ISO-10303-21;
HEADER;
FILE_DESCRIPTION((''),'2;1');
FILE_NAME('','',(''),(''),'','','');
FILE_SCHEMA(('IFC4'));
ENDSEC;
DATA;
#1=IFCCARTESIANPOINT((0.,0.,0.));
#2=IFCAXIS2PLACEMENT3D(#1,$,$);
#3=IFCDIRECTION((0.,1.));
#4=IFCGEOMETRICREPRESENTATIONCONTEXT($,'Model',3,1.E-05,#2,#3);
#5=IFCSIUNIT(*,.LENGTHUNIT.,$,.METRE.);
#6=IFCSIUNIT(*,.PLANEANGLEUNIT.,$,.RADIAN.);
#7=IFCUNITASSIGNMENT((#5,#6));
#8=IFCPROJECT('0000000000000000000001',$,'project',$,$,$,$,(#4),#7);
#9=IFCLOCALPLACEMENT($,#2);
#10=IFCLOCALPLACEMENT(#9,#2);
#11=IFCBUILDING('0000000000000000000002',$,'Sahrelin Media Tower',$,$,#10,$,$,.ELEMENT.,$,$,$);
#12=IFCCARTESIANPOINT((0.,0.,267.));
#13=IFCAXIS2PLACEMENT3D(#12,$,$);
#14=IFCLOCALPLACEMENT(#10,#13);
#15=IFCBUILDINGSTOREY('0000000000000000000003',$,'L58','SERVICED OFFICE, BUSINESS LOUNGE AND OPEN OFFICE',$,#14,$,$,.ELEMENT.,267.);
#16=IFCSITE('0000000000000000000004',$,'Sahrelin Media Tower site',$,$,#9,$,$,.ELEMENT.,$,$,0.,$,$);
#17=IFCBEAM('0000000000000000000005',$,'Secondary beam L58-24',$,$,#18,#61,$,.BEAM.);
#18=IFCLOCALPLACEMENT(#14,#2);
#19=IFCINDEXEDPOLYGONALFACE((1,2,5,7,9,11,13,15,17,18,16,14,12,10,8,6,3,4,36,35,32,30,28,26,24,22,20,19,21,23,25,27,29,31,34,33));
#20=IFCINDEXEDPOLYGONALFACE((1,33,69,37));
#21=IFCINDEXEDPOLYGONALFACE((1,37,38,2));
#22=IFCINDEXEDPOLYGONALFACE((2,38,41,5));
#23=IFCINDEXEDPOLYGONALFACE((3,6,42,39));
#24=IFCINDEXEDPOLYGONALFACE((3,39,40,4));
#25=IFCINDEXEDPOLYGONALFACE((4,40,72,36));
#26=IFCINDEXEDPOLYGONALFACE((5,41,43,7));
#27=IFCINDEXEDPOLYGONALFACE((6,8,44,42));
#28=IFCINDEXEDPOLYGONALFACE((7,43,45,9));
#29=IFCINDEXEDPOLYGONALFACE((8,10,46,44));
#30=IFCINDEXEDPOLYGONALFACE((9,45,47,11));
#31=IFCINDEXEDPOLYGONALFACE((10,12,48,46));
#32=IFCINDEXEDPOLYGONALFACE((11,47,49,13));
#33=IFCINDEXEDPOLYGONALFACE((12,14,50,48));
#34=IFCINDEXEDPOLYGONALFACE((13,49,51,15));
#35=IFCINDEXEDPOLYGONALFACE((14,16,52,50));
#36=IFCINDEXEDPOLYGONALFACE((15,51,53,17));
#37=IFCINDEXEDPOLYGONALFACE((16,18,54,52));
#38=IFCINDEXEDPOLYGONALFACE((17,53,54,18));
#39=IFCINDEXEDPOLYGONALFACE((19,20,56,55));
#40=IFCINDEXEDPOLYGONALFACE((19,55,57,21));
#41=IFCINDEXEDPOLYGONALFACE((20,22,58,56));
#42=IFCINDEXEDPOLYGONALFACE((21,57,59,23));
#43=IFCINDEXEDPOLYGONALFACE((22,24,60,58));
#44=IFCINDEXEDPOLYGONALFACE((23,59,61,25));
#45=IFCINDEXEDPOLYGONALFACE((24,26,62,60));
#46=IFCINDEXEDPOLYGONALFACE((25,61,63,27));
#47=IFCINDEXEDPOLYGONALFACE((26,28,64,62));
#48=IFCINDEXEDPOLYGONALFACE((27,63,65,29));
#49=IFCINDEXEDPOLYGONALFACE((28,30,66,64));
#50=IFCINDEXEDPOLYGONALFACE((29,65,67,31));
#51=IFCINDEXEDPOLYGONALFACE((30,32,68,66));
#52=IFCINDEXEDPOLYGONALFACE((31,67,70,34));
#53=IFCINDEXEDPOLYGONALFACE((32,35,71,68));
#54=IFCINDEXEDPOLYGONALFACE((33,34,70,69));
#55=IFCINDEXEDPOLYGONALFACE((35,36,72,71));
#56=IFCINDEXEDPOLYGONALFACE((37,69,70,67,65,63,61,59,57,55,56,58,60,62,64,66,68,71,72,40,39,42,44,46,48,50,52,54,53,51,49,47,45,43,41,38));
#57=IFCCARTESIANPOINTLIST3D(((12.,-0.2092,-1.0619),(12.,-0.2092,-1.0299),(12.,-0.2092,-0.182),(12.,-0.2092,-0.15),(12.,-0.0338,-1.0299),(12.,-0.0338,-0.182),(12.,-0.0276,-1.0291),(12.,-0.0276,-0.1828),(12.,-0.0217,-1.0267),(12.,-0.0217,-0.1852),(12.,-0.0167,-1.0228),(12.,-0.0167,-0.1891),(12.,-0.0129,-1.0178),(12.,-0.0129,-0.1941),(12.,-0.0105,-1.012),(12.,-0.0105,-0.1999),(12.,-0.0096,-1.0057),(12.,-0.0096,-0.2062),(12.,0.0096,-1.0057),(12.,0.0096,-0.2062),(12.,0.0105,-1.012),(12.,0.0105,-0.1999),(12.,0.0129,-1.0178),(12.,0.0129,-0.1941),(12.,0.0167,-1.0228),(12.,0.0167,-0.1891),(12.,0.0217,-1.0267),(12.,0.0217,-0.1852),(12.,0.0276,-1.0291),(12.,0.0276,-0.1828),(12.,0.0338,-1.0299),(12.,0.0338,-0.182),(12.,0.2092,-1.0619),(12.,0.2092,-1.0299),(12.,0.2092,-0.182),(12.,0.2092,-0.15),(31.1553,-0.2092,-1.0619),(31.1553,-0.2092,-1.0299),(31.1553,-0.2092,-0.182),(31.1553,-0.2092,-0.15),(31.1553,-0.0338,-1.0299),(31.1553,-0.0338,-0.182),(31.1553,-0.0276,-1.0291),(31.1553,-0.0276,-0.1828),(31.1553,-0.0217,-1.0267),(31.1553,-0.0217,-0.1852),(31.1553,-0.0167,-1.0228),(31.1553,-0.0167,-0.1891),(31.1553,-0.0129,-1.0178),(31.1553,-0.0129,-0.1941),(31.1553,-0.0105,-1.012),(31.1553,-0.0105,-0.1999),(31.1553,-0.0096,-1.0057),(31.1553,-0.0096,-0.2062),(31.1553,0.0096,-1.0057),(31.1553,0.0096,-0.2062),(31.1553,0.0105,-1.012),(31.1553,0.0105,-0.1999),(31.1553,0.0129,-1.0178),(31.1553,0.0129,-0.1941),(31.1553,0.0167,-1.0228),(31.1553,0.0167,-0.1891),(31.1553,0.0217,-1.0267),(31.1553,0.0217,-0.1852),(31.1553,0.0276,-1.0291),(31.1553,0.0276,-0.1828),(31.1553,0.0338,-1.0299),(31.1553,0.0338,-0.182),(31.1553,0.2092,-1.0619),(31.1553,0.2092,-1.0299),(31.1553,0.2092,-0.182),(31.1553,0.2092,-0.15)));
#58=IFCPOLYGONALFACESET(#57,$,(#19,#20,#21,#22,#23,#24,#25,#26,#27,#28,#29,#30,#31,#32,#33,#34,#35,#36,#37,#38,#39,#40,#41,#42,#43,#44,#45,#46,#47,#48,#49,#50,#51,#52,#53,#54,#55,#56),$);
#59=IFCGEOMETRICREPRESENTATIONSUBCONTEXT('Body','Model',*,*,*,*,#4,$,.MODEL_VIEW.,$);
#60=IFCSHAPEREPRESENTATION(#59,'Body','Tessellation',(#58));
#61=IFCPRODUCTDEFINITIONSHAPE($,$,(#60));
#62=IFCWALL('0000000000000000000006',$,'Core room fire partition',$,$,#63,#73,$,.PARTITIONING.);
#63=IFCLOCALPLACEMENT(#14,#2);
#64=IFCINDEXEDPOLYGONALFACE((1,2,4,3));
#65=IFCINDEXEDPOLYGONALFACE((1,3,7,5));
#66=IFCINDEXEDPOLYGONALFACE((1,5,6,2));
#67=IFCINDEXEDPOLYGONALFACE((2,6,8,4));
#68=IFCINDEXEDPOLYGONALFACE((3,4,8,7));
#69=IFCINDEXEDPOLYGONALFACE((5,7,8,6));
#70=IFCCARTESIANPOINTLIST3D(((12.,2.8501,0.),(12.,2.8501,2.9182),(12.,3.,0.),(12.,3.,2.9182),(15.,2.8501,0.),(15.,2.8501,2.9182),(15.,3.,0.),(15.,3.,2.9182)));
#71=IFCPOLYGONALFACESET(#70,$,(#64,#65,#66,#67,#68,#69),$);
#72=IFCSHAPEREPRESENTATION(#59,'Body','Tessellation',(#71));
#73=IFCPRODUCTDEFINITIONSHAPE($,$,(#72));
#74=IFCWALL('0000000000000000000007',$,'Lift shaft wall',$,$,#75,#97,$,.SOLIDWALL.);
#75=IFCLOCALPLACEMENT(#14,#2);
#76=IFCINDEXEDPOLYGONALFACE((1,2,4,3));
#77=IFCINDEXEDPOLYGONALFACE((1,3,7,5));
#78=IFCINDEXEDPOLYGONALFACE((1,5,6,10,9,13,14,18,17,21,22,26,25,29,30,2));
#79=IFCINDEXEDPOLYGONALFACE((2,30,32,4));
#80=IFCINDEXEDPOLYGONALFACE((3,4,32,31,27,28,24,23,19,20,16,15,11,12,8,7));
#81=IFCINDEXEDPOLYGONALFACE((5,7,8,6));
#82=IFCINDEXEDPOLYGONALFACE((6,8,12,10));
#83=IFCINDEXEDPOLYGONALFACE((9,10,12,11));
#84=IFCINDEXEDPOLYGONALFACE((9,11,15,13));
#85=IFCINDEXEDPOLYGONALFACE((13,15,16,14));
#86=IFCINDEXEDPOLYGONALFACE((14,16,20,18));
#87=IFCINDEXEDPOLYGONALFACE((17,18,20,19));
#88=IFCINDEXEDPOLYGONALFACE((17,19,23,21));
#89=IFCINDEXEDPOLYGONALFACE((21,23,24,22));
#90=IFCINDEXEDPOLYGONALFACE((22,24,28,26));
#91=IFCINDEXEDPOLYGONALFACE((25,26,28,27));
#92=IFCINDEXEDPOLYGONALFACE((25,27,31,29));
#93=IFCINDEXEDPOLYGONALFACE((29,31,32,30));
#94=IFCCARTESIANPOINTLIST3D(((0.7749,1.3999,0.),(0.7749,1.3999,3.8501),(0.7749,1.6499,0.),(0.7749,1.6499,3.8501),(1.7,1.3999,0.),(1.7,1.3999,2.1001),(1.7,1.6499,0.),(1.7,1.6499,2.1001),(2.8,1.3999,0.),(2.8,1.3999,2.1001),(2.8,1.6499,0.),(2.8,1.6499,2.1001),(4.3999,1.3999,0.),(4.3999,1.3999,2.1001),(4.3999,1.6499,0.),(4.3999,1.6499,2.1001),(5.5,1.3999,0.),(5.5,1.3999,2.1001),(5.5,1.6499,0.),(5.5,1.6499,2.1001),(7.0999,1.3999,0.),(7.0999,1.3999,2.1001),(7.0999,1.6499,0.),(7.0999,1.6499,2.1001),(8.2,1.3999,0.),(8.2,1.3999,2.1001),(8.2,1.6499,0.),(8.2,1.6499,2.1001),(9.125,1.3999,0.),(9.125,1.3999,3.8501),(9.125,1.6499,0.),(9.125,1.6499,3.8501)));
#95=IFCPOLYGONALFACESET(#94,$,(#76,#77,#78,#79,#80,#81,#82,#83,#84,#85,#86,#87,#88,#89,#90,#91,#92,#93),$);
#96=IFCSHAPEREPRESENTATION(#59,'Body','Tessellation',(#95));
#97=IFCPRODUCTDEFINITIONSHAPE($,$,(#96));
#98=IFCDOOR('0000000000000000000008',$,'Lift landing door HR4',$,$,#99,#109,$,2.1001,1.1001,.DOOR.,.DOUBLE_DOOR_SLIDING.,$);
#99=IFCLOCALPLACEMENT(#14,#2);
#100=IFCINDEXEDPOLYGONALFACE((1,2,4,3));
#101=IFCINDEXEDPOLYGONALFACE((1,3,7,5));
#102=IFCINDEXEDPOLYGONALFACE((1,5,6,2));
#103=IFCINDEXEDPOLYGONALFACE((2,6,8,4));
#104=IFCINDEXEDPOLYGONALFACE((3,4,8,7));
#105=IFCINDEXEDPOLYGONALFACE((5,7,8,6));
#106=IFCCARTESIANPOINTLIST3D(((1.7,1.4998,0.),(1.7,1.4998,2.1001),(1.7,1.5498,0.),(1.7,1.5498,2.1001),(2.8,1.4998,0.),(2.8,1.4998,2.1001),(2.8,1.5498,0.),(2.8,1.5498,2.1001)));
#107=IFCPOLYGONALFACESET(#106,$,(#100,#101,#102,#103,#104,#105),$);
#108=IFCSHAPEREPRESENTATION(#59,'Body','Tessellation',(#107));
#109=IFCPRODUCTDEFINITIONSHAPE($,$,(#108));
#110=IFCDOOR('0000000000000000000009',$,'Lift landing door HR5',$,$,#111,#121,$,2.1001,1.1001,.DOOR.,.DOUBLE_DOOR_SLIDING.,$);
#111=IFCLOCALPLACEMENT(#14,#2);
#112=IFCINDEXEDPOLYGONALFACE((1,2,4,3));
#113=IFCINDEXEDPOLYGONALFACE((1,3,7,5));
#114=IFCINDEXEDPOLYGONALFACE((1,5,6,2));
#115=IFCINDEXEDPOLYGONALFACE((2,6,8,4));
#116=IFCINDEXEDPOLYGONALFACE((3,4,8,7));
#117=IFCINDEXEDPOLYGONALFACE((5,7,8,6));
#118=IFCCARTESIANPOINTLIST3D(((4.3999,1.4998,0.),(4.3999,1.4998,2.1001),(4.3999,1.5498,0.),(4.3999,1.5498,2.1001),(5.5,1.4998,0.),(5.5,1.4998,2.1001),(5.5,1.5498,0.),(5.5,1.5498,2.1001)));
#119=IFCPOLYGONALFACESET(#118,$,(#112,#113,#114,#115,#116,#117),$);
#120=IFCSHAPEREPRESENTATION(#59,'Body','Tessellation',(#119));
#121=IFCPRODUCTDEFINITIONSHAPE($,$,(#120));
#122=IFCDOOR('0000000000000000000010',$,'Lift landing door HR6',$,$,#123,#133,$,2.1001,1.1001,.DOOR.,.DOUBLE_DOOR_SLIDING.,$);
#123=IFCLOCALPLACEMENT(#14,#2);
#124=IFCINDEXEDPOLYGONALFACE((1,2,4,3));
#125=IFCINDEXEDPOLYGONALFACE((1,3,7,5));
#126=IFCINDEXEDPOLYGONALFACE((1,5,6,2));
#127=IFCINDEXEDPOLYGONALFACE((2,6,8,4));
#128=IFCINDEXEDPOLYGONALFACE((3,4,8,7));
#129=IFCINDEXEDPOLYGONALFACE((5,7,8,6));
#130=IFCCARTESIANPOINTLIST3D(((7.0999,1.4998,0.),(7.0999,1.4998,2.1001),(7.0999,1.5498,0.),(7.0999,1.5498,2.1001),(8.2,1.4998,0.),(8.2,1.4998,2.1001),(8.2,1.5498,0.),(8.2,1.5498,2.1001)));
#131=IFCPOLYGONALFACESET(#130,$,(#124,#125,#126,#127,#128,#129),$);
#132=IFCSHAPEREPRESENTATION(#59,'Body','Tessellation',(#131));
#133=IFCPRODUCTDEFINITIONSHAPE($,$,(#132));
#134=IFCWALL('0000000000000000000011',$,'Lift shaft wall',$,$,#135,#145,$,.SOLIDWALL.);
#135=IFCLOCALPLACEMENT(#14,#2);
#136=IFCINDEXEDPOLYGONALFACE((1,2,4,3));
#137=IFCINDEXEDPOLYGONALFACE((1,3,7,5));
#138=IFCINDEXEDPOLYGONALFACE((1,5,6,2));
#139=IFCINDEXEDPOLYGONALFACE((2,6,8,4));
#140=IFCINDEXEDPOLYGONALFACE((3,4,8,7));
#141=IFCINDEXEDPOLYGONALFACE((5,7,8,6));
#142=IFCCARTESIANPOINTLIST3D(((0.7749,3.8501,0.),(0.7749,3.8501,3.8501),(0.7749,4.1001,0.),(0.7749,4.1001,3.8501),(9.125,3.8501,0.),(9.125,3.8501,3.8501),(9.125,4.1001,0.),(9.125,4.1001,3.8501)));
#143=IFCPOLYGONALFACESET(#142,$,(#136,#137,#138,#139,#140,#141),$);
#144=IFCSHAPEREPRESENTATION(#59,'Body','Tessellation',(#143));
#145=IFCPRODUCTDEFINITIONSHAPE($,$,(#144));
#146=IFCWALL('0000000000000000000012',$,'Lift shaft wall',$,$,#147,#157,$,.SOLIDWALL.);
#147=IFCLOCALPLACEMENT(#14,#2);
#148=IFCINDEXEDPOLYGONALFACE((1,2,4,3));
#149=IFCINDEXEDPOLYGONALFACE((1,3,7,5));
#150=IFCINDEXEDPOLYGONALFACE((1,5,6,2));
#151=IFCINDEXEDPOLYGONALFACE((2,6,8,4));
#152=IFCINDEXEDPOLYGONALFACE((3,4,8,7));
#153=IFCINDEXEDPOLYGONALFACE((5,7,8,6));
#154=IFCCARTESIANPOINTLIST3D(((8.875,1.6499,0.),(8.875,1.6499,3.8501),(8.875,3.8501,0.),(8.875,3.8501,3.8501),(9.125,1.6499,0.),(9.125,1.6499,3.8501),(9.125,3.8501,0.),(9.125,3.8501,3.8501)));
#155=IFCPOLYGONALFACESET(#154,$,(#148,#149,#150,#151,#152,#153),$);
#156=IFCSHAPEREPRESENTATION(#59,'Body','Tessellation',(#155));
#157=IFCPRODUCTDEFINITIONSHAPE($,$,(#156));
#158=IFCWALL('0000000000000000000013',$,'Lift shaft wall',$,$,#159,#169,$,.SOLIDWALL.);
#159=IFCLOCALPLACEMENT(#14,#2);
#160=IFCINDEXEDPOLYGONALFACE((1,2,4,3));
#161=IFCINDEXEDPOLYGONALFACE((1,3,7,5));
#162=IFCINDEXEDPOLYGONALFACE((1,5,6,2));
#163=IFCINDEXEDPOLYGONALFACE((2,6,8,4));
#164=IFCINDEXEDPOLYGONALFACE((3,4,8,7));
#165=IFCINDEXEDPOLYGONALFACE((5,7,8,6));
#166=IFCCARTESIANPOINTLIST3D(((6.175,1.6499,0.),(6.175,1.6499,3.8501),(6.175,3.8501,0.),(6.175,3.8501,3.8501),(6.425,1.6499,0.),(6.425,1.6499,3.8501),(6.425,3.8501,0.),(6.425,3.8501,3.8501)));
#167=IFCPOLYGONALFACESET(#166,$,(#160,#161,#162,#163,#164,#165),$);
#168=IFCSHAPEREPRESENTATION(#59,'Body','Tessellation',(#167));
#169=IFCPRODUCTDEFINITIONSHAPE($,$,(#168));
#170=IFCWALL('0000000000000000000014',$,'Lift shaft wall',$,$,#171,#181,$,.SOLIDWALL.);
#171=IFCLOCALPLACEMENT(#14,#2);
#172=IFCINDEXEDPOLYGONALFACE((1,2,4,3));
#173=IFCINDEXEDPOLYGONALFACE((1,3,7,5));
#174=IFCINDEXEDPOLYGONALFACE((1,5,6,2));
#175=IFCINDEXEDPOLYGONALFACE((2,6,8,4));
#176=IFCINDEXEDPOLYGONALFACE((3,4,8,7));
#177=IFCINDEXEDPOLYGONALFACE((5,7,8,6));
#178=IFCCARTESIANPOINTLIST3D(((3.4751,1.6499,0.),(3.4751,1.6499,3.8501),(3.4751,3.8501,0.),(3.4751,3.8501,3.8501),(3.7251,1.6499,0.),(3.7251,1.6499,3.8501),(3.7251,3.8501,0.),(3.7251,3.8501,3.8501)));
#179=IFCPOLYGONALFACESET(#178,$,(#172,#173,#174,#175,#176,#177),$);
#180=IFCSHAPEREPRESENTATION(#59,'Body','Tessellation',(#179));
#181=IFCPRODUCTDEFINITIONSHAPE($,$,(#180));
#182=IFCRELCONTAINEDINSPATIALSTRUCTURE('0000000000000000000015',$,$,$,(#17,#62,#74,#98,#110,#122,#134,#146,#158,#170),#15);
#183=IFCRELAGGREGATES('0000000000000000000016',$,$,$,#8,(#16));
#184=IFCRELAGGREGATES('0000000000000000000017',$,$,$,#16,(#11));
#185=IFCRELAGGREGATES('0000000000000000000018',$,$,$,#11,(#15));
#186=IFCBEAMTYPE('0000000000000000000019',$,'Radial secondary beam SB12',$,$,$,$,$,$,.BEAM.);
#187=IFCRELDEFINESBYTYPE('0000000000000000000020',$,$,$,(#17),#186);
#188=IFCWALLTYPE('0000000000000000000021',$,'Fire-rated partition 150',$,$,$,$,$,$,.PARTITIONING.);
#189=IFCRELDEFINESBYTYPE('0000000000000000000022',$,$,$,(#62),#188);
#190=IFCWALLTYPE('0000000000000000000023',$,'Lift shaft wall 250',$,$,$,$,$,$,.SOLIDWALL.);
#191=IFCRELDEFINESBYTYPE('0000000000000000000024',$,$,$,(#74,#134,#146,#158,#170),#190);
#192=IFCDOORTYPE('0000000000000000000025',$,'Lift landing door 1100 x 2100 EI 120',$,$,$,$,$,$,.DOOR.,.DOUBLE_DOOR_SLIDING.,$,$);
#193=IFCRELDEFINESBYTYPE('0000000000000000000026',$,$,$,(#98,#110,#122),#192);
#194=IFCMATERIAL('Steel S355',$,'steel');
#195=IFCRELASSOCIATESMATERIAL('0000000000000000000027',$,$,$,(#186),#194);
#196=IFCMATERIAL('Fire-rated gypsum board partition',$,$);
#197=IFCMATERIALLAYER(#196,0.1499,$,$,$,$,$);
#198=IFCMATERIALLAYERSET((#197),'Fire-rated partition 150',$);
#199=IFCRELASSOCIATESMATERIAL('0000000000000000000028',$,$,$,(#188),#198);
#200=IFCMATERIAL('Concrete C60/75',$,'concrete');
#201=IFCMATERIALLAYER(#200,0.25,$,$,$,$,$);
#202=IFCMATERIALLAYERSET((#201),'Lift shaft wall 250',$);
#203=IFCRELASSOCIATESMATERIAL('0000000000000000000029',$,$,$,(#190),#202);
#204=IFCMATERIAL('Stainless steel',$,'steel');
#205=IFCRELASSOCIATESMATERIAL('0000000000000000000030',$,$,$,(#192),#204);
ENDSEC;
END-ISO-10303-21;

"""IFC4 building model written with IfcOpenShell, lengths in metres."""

from ifc_helpers import new_model, si_unit, direction, frame, frame_2d, origin, origin_2d, place, context, subcontext, project, spatial, rectangle, i_section, extrude, material, layer, layer_set, material_profile, profile_set, type_object, element, fill, save


model = new_model("IFC4")

# Units and contexts
model_context = context("Model", 3, precision=1e-05, world=origin(), true_north=direction((0.0, 1.0)))
body_context = subcontext(model_context, "Body", "Model", "MODEL_VIEW")
ifc_project = project(units=[si_unit("LENGTHUNIT", "METRE"), si_unit("PLANEANGLEUNIT", "RADIAN")], contexts=[model_context])

# Site, building, storey
site_placement = place(None, origin())
site = spatial("IfcSite", under=ifc_project, at=site_placement, Name="Sahrelin Media Tower site", CompositionType="ELEMENT", RefElevation=0.0)
building_placement = place(site_placement, origin())
building = spatial("IfcBuilding", under=site, at=building_placement, Name="Sahrelin Media Tower", CompositionType="ELEMENT")
storey_placement = place(building_placement, frame((0.0, 0.0, 267.0)))
storey = spatial("IfcBuildingStorey", under=building, at=storey_placement, Name="L58", Description="SERVICED OFFICE, BUSINESS LOUNGE AND OPEN OFFICE", CompositionType="ELEMENT", Elevation=267.0)

# Beam
ifc_material_1 = material(Name="Steel S355", Category="steel")
ifc_material_profile_1 = material_profile(ifc_material_1, i_section(OverallWidth=0.4185, OverallDepth=0.9119, WebThickness=0.0193, FlangeThickness=0.032, FilletRadius=0.0242, at=origin_2d()), Name="UB 914x419x343")
ifc_profile_set_1 = profile_set([ifc_material_profile_1], Name="Steel S355")
beam_type_1 = type_object("IfcBeamType", Name="Radial secondary beam SB12", PredefinedType="BEAM", material=ifc_profile_set_1)
beam_1_placement = place(storey_placement, frame((12.0, 0.0, -0.606), z_axis=(1.0, 0.0, 0.0), x_axis=(0.0, 1.0, 0.0)))
element("IfcBeam", 1, at=beam_1_placement, inside=storey, type_object=beam_type_1, Name="Secondary beam L58-24", PredefinedType="BEAM", context=body_context, shape_type="SweptSolid", body=[
    extrude(i_section(OverallWidth=0.4185, OverallDepth=0.9119, WebThickness=0.0193, FlangeThickness=0.032, FilletRadius=0.0242, at=origin_2d()), origin(), (0.0, 0.0, 1.0), 19.1553),
])

# Wall
ifc_material_2 = material(Name="Fire-rated gypsum board partition")
ifc_layer_1 = layer(ifc_material_2, 0.1499)
ifc_layer_set_1 = layer_set([ifc_layer_1], Name="Fire-rated partition 150")
wall_type_1 = type_object("IfcWallType", Name="Fire-rated partition 150", PredefinedType="PARTITIONING", material=ifc_layer_set_1)
wall_1_placement = place(storey_placement, frame((12.0, 2.925, 0.0), z_axis=(0.0, 0.0, 1.0), x_axis=(1.0, 0.0, 0.0)))
element("IfcWall", 2, at=wall_1_placement, inside=storey, type_object=wall_type_1, Name="Core room fire partition", PredefinedType="PARTITIONING", context=body_context, shape_type="SweptSolid", body=[
    extrude(rectangle(XDim=3.0, YDim=0.1499, at=frame_2d((1.5, 0.0))), origin(), (0.0, 0.0, 1.0), 2.9182),
])

# Wall, openings, doors
ifc_material_3 = material(Name="Concrete C60/75", Category="concrete")
ifc_layer_2 = layer(ifc_material_3, 0.25)
ifc_layer_set_2 = layer_set([ifc_layer_2], Name="Lift shaft wall 250")
wall_type_2 = type_object("IfcWallType", Name="Lift shaft wall 250", PredefinedType="SOLIDWALL", material=ifc_layer_set_2)
wall_2_placement = place(storey_placement, frame((0.7749, 1.5249, 0.0), z_axis=(0.0, 0.0, 1.0), x_axis=(1.0, 0.0, 0.0)))
wall_2 = element("IfcWall", 3, at=wall_2_placement, inside=storey, type_object=wall_type_2, Name="Lift shaft wall", PredefinedType="SOLIDWALL", context=body_context, shape_type="SweptSolid", body=[
    extrude(rectangle(XDim=8.3501, YDim=0.25, at=frame_2d((4.175, 0.0))), origin(), (0.0, 0.0, 1.0), 3.8501),
])
opening_1_placement = place(wall_2_placement, frame((0.925, 0.0, 0.0)))
opening_1 = element("IfcOpeningElement", 4, at=opening_1_placement, cuts=wall_2, PredefinedType="OPENING", context=body_context, shape_type="SweptSolid", body=[
    extrude(rectangle(XDim=1.1001, YDim=2.1001, at=frame_2d((0.55, 1.05))), frame((0.0, 0.125, 0.0), z_axis=(0.0, -1.0, 0.0), x_axis=(1.0, 0.0, 0.0)), (0.0, 0.0, 1.0), 0.25),
])
opening_2_placement = place(wall_2_placement, frame((3.625, 0.0, 0.0)))
opening_2 = element("IfcOpeningElement", 5, at=opening_2_placement, cuts=wall_2, PredefinedType="OPENING", context=body_context, shape_type="SweptSolid", body=[
    extrude(rectangle(XDim=1.1001, YDim=2.1001, at=frame_2d((0.55, 1.05))), frame((0.0, 0.125, 0.0), z_axis=(0.0, -1.0, 0.0), x_axis=(1.0, 0.0, 0.0)), (0.0, 0.0, 1.0), 0.25),
])
opening_3_placement = place(wall_2_placement, frame((6.325, 0.0, 0.0)))
opening_3 = element("IfcOpeningElement", 6, at=opening_3_placement, cuts=wall_2, PredefinedType="OPENING", context=body_context, shape_type="SweptSolid", body=[
    extrude(rectangle(XDim=1.1001, YDim=2.1001, at=frame_2d((0.55, 1.05))), frame((0.0, 0.125, 0.0), z_axis=(0.0, -1.0, 0.0), x_axis=(1.0, 0.0, 0.0)), (0.0, 0.0, 1.0), 0.25),
])
ifc_material_4 = material(Name="Stainless steel", Category="steel")
door_type_1 = type_object("IfcDoorType", Name="Lift landing door 1100 x 2100 EI 120", OperationType="DOUBLE_DOOR_SLIDING", PredefinedType="DOOR", material=ifc_material_4)
door_1_placement = place(opening_1_placement, origin())
door_1 = element("IfcDoor", 7, at=door_1_placement, inside=storey, type_object=door_type_1, Name="Lift landing door HR4", OperationType="DOUBLE_DOOR_SLIDING", OverallHeight=2.1001, OverallWidth=1.1001, PredefinedType="DOOR", context=body_context, shape_type="SweptSolid", body=[
    extrude(rectangle(XDim=1.1001, YDim=2.1001, at=frame_2d((0.55, 1.05))), frame((0.0, 0.0249, 0.0), z_axis=(0.0, -1.0, 0.0), x_axis=(1.0, 0.0, 0.0)), (0.0, 0.0, 1.0), 0.05),
])
fill(opening_1, door_1)
door_2_placement = place(opening_2_placement, origin())
door_2 = element("IfcDoor", 8, at=door_2_placement, inside=storey, type_object=door_type_1, Name="Lift landing door HR5", OperationType="DOUBLE_DOOR_SLIDING", OverallHeight=2.1001, OverallWidth=1.1001, PredefinedType="DOOR", context=body_context, shape_type="SweptSolid", body=[
    extrude(rectangle(XDim=1.1001, YDim=2.1001, at=frame_2d((0.55, 1.05))), frame((0.0, 0.0249, 0.0), z_axis=(0.0, -1.0, 0.0), x_axis=(1.0, 0.0, 0.0)), (0.0, 0.0, 1.0), 0.05),
])
fill(opening_2, door_2)
door_3_placement = place(opening_3_placement, origin())
door_3 = element("IfcDoor", 9, at=door_3_placement, inside=storey, type_object=door_type_1, Name="Lift landing door HR6", OperationType="DOUBLE_DOOR_SLIDING", OverallHeight=2.1001, OverallWidth=1.1001, PredefinedType="DOOR", context=body_context, shape_type="SweptSolid", body=[
    extrude(rectangle(XDim=1.1001, YDim=2.1001, at=frame_2d((0.55, 1.05))), frame((0.0, 0.0249, 0.0), z_axis=(0.0, -1.0, 0.0), x_axis=(1.0, 0.0, 0.0)), (0.0, 0.0, 1.0), 0.05),
])
fill(opening_3, door_3)

# Walls
wall_3_placement = place(storey_placement, frame((0.7749, 3.9751, 0.0), z_axis=(0.0, 0.0, 1.0), x_axis=(1.0, 0.0, 0.0)))
element("IfcWall", 10, at=wall_3_placement, inside=storey, type_object=wall_type_2, Name="Lift shaft wall", PredefinedType="SOLIDWALL", context=body_context, shape_type="SweptSolid", body=[
    extrude(rectangle(XDim=8.3501, YDim=0.25, at=frame_2d((4.175, 0.0))), origin(), (0.0, 0.0, 1.0), 3.8501),
])
for number, where, z_axis, x_axis, name in (
    (11, (9.0, 1.6499, 0.0), (0.0, 0.0, 1.0), (0.0, 1.0, 0.0), "Lift shaft wall"),
    (12, (6.3, 1.6499, 0.0), (0.0, 0.0, 1.0), (0.0, 1.0, 0.0), "Lift shaft wall"),
    (13, (3.6001, 1.6499, 0.0), (0.0, 0.0, 1.0), (0.0, 1.0, 0.0), "Lift shaft wall"),
):
    element("IfcWall", number, at=place(storey_placement, frame(where, z_axis=z_axis, x_axis=x_axis)), inside=storey, type_object=wall_type_2, Name=name, PredefinedType="SOLIDWALL", context=body_context, shape_type="SweptSolid", body=[
        extrude(rectangle(XDim=2.2002, YDim=0.25, at=frame_2d((1.1001, 0.0))), origin(), (0.0, 0.0, 1.0), 3.8501),
    ])

save(model, "model.ifc")
